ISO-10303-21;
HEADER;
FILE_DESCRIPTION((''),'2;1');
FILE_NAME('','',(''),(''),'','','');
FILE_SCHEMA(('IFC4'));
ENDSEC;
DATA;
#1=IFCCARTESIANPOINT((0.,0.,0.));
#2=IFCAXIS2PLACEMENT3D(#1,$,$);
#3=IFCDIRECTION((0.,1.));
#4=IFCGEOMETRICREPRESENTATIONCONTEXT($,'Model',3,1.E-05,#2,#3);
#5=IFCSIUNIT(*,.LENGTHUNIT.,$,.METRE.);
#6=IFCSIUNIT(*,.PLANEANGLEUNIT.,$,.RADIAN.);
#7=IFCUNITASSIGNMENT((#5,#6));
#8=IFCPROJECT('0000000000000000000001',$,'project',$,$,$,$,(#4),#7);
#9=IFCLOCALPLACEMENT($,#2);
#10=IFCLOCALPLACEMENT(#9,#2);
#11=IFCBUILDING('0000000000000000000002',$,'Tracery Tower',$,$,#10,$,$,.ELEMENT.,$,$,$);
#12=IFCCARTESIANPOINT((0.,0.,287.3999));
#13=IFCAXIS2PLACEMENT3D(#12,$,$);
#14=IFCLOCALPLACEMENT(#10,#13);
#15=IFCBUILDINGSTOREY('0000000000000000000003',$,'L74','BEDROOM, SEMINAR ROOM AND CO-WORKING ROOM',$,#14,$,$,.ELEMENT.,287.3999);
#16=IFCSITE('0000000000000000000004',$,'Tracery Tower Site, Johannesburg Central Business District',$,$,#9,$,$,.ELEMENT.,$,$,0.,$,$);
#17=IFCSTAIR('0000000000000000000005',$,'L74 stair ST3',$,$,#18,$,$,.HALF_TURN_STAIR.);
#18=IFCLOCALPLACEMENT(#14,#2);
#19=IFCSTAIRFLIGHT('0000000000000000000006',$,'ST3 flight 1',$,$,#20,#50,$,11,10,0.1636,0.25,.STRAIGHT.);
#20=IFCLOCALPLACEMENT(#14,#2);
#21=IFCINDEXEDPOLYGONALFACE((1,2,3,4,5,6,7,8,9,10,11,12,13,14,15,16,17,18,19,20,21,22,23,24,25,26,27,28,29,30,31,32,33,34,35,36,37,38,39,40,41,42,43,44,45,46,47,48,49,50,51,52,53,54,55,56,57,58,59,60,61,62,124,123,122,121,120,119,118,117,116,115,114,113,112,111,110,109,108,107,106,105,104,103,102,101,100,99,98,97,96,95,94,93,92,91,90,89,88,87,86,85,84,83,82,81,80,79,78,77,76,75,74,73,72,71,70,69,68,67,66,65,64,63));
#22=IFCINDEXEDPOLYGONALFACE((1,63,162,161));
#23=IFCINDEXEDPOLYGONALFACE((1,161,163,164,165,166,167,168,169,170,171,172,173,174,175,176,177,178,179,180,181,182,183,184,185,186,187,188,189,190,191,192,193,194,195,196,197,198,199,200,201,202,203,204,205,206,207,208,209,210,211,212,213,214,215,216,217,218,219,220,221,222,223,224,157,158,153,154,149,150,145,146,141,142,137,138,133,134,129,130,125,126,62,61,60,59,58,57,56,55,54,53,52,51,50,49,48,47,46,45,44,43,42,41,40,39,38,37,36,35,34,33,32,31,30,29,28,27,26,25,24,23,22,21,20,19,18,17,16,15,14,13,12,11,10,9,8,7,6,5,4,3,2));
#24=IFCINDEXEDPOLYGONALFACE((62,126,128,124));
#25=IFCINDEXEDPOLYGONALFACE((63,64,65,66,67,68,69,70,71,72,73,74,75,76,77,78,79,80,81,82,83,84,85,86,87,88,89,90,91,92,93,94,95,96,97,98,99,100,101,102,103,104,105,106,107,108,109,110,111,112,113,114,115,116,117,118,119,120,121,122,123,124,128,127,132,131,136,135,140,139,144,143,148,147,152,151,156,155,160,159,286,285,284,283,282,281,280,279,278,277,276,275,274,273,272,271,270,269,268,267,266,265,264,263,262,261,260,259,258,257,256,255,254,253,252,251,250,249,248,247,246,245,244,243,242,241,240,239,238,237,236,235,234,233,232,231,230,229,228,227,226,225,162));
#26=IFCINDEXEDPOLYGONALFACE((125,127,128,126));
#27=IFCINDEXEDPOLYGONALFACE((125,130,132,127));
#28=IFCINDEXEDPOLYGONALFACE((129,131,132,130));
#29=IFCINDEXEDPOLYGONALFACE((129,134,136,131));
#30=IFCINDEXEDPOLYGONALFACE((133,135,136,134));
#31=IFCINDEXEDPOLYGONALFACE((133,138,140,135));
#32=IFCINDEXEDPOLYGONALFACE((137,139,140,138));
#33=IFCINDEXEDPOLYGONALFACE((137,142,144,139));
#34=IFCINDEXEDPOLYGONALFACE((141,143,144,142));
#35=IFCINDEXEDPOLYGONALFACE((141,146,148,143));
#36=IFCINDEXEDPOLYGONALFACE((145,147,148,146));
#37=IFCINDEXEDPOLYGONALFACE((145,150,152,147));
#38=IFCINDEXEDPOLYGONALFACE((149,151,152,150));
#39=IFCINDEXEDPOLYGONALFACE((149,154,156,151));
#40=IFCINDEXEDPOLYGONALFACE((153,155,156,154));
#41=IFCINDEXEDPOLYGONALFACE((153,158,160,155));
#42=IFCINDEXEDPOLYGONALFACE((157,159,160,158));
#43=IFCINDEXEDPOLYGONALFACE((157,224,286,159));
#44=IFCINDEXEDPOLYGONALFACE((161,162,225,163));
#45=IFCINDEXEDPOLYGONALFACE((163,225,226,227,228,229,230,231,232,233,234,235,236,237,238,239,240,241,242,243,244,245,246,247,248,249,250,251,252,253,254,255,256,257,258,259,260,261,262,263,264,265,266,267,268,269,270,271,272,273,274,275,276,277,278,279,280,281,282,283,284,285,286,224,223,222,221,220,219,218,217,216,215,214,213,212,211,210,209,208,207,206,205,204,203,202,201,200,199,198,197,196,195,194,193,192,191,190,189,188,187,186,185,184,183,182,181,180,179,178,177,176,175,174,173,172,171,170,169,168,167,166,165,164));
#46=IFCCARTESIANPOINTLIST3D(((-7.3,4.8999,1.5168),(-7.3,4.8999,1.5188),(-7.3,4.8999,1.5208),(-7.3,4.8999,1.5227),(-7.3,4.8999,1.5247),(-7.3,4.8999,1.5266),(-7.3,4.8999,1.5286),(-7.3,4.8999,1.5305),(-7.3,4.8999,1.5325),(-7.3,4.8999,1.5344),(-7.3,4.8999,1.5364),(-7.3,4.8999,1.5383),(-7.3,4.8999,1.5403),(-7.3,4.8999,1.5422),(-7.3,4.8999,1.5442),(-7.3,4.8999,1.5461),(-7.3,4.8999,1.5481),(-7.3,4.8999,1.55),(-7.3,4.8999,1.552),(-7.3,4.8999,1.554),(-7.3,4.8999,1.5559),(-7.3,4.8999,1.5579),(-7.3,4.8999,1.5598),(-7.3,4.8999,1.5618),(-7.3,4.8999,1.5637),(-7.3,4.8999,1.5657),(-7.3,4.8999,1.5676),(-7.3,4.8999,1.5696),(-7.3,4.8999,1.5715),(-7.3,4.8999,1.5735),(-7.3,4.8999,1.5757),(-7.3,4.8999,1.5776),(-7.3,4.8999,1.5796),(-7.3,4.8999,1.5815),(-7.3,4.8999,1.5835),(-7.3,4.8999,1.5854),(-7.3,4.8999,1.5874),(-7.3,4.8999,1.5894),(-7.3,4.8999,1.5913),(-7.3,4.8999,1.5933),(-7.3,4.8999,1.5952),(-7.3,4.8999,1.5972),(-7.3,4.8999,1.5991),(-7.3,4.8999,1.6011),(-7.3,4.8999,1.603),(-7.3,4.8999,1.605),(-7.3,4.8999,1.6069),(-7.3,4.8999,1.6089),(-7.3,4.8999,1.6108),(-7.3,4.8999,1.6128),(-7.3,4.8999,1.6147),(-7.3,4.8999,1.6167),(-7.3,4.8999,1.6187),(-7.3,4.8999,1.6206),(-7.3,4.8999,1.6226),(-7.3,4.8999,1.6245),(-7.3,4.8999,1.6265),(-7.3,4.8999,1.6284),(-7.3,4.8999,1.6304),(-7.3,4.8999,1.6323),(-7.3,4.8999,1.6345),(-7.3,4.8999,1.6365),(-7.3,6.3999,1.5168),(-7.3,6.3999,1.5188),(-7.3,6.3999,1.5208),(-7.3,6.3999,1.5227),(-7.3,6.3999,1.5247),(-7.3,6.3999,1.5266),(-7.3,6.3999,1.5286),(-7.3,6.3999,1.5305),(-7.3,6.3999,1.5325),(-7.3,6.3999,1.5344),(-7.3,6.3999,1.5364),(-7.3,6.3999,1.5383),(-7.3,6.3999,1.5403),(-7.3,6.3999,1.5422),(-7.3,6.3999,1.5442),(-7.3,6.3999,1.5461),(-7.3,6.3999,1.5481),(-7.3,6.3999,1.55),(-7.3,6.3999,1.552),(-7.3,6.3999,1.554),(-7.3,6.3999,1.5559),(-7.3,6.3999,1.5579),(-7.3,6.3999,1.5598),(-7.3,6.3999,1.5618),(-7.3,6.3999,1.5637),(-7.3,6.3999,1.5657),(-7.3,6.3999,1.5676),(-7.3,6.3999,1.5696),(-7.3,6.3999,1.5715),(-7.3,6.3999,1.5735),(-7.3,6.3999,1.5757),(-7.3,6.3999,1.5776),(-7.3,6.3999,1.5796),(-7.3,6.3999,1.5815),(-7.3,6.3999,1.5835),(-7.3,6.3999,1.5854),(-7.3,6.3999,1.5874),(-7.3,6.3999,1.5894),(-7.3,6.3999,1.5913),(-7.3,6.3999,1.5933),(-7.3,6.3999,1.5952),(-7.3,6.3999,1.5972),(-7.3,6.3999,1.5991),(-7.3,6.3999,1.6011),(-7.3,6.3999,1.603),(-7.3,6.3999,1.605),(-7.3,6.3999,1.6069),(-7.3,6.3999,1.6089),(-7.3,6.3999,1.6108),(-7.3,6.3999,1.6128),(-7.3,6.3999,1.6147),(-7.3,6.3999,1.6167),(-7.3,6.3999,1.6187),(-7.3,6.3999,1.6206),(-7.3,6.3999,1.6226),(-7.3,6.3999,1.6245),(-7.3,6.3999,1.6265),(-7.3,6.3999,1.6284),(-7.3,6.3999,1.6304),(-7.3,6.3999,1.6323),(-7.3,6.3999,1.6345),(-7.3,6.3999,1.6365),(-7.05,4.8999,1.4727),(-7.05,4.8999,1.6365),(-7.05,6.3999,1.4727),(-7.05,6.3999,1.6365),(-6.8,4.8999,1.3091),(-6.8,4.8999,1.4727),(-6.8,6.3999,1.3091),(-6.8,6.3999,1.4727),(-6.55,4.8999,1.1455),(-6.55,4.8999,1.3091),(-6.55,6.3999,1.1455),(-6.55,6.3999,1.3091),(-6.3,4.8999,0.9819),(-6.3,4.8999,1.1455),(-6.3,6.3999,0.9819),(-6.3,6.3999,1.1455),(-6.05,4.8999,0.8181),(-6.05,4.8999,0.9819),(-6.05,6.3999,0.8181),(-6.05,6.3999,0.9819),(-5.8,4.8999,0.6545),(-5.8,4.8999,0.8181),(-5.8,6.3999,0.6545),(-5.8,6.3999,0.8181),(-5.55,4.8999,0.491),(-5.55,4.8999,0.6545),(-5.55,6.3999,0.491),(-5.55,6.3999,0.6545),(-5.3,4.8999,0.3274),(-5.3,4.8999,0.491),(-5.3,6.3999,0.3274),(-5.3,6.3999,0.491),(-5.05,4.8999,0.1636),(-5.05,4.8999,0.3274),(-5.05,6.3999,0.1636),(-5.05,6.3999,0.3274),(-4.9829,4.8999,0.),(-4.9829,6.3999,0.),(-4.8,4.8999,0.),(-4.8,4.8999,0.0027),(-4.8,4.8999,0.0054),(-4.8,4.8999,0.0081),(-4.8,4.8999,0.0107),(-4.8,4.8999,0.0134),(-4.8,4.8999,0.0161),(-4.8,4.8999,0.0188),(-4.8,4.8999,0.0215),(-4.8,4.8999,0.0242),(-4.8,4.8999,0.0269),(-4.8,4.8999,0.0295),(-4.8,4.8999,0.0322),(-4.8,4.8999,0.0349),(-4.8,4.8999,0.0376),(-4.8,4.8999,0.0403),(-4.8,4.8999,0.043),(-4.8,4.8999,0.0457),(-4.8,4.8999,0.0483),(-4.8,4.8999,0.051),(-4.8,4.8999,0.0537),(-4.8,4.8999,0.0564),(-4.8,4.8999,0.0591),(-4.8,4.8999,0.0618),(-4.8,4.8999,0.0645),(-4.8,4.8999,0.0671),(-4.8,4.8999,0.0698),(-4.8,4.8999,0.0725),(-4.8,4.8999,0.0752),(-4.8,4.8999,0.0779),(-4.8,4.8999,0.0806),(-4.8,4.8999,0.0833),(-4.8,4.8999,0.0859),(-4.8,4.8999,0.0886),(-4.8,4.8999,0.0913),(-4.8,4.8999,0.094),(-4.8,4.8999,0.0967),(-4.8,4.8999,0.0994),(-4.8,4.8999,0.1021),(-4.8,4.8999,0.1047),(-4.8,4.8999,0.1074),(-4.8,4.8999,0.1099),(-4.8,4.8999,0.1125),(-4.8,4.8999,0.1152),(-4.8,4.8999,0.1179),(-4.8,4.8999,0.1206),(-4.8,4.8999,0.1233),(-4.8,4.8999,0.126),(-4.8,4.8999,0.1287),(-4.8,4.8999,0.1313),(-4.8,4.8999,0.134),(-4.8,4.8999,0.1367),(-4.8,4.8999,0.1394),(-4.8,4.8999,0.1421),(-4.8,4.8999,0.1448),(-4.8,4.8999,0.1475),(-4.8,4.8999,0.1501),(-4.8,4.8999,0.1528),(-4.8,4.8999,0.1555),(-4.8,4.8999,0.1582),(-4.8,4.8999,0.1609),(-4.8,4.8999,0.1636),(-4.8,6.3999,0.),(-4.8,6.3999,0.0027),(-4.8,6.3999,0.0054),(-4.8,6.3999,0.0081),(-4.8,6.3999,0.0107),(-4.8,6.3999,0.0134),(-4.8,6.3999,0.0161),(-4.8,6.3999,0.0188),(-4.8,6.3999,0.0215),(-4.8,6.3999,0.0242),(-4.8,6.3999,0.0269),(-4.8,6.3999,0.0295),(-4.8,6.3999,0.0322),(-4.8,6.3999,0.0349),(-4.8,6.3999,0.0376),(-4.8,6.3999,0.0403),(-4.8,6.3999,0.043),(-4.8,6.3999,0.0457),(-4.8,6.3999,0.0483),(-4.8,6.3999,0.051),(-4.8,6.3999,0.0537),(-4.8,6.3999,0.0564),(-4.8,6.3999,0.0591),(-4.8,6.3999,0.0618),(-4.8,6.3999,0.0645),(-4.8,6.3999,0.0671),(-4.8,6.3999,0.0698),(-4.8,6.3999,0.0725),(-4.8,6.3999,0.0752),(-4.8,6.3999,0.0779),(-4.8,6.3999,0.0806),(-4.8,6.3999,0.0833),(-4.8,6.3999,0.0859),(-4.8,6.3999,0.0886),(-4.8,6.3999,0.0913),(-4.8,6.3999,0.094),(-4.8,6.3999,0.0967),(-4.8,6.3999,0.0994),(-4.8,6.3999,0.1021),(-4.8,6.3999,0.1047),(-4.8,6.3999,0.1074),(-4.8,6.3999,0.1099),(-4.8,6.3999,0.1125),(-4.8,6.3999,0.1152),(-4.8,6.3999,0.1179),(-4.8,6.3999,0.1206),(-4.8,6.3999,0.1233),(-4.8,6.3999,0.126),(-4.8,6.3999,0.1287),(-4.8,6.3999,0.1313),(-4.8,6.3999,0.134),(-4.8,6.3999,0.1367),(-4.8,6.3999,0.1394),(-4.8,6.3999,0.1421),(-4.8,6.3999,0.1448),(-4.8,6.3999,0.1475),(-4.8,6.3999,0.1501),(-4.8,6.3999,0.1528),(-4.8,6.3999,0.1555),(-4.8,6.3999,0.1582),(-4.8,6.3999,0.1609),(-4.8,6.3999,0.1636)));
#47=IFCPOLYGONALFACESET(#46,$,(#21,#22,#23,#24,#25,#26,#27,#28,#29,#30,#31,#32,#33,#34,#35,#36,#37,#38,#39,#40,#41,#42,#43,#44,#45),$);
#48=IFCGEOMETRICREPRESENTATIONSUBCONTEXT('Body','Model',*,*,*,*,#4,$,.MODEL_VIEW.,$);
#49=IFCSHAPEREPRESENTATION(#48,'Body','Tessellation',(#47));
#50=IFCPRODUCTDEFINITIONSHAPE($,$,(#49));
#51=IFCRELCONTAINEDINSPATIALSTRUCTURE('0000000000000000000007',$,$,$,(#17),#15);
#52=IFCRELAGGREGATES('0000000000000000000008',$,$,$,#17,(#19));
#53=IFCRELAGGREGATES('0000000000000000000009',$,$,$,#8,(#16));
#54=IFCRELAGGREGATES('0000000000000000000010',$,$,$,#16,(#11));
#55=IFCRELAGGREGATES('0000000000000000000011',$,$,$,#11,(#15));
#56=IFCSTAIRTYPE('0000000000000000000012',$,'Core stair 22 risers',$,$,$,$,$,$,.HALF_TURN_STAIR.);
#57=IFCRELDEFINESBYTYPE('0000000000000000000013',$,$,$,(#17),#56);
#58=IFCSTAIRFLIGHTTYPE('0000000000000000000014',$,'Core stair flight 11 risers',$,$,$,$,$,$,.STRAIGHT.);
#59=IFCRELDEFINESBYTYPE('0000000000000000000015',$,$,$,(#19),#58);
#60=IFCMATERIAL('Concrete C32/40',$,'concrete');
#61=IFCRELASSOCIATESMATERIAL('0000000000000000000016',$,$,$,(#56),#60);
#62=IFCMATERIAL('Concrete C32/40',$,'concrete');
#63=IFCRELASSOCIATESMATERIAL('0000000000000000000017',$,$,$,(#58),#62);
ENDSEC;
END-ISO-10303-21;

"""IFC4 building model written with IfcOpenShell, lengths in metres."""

from ifc_helpers import new_model, si_unit, direction, frame, origin, place, context, subcontext, project, spatial, polyline, outline, extrude, material, type_object, element, aggregate, save


model = new_model("IFC4")

# Units and contexts
model_context = context("Model", 3, precision=1e-05, world=origin(), true_north=direction((0.0, 1.0)))
body_context = subcontext(model_context, "Body", "Model", "MODEL_VIEW")
ifc_project = project(units=[si_unit("LENGTHUNIT", "METRE"), si_unit("PLANEANGLEUNIT", "RADIAN")], contexts=[model_context])

# Site, building, storey
site_placement = place(None, origin())
site = spatial("IfcSite", under=ifc_project, at=site_placement, Name="Tracery Tower Site, Johannesburg Central Business District", CompositionType="ELEMENT", RefElevation=0.0)
building_placement = place(site_placement, origin())
building = spatial("IfcBuilding", under=site, at=building_placement, Name="Tracery Tower", CompositionType="ELEMENT")
storey_placement = place(building_placement, frame((0.0, 0.0, 287.3999)))
storey = spatial("IfcBuildingStorey", under=building, at=storey_placement, Name="L74", Description="BEDROOM, SEMINAR ROOM AND CO-WORKING ROOM", CompositionType="ELEMENT", Elevation=287.3999)

# Stair, stair flight
ifc_material_1 = material(Name="Concrete C32/40", Category="concrete")
stair_type = type_object("IfcStairType", Name="Core stair 22 risers", PredefinedType="HALF_TURN_STAIR", material=ifc_material_1)
stair_placement = place(storey_placement, origin())
stair = element("IfcStair", 1, at=stair_placement, inside=storey, type_object=stair_type, Name="L74 stair ST3", PredefinedType="HALF_TURN_STAIR")
ifc_material_2 = material(Name="Concrete C32/40", Category="concrete")
stair_flight_type = type_object("IfcStairFlightType", Name="Core stair flight 11 risers", PredefinedType="STRAIGHT", material=ifc_material_2)
stair_flight_1_placement = place(storey_placement, frame((-4.8, 5.6499, 0.0), z_axis=(0.0, 0.0, 1.0), x_axis=(-1.0, 0.0, 0.0)))
stair_flight_1 = element("IfcStairFlight", 2, at=stair_flight_1_placement, type_object=stair_flight_type, Name="ST3 flight 1", NumberOfRisers=11, NumberOfTreads=10, PredefinedType="STRAIGHT", RiserHeight=0.1636, TreadLength=0.25, context=body_context, shape_type="SweptSolid", body=[
    extrude(outline(polyline([(0.0, 0.0), (0.0, 0.0027), (0.0, 0.0054), (0.0, 0.0081), (0.0, 0.0107), (0.0, 0.0134), (0.0, 0.0161), (0.0, 0.0188), (0.0, 0.0215), (0.0, 0.0242), (0.0, 0.0269), (0.0, 0.0295), (0.0, 0.0322), (0.0, 0.0349), (0.0, 0.0376), (0.0, 0.0403), (0.0, 0.043), (0.0, 0.0457), (0.0, 0.0483), (0.0, 0.051), (0.0, 0.0537), (0.0, 0.0564), (0.0, 0.0591), (0.0, 0.0618), (0.0, 0.0645), (0.0, 0.0671), (0.0, 0.0698), (0.0, 0.0725), (0.0, 0.0752), (0.0, 0.0779), (0.0, 0.0806), (0.0, 0.0833), (0.0, 0.0859), (0.0, 0.0886), (0.0, 0.0913), (0.0, 0.094), (0.0, 0.0967), (0.0, 0.0994), (0.0, 0.1021), (0.0, 0.1047), (0.0, 0.1074), (0.0, 0.1099), (0.0, 0.1125), (0.0, 0.1152), (0.0, 0.1179), (0.0, 0.1206), (0.0, 0.1233), (0.0, 0.126), (0.0, 0.1287), (0.0, 0.1313), (0.0, 0.134), (0.0, 0.1367), (0.0, 0.1394), (0.0, 0.1421), (0.0, 0.1448), (0.0, 0.1475), (0.0, 0.1501), (0.0, 0.1528), (0.0, 0.1555), (0.0, 0.1582), (0.0, 0.1609), (0.0, 0.1636), (0.25, 0.1636), (0.25, 0.3274), (0.5, 0.3274), (0.5, 0.491), (0.75, 0.491), (0.75, 0.6545), (1.0, 0.6545), (1.0, 0.8181), (1.25, 0.8181), (1.25, 0.9819), (1.5, 0.9819), (1.5, 1.1455), (1.75, 1.1455), (1.75, 1.3091), (2.0, 1.3091), (2.0, 1.4727), (2.25, 1.4727), (2.25, 1.6365), (2.5, 1.6365), (2.5, 1.6345), (2.5, 1.6323), (2.5, 1.6304), (2.5, 1.6284), (2.5, 1.6265), (2.5, 1.6245), (2.5, 1.6226), (2.5, 1.6206), (2.5, 1.6187), (2.5, 1.6167), (2.5, 1.6147), (2.5, 1.6128), (2.5, 1.6108), (2.5, 1.6089), (2.5, 1.6069), (2.5, 1.605), (2.5, 1.603), (2.5, 1.6011), (2.5, 1.5991), (2.5, 1.5972), (2.5, 1.5952), (2.5, 1.5933), (2.5, 1.5913), (2.5, 1.5894), (2.5, 1.5874), (2.5, 1.5854), (2.5, 1.5835), (2.5, 1.5815), (2.5, 1.5796), (2.5, 1.5776), (2.5, 1.5757), (2.5, 1.5735), (2.5, 1.5715), (2.5, 1.5696), (2.5, 1.5676), (2.5, 1.5657), (2.5, 1.5637), (2.5, 1.5618), (2.5, 1.5598), (2.5, 1.5579), (2.5, 1.5559), (2.5, 1.554), (2.5, 1.552), (2.5, 1.55), (2.5, 1.5481), (2.5, 1.5461), (2.5, 1.5442), (2.5, 1.5422), (2.5, 1.5403), (2.5, 1.5383), (2.5, 1.5364), (2.5, 1.5344), (2.5, 1.5325), (2.5, 1.5305), (2.5, 1.5286), (2.5, 1.5266), (2.5, 1.5247), (2.5, 1.5227), (2.5, 1.5208), (2.5, 1.5188), (2.5, 1.5168), (0.1829, 0.0), (0.0, 0.0)])), frame((0.0, 0.75, 0.0), z_axis=(0.0, -1.0, 0.0), x_axis=(1.0, 0.0, 0.0)), (0.0, 0.0, 1.0), 1.5),
])
aggregate(stair, [stair_flight_1])

save(model, "model.ifc")
